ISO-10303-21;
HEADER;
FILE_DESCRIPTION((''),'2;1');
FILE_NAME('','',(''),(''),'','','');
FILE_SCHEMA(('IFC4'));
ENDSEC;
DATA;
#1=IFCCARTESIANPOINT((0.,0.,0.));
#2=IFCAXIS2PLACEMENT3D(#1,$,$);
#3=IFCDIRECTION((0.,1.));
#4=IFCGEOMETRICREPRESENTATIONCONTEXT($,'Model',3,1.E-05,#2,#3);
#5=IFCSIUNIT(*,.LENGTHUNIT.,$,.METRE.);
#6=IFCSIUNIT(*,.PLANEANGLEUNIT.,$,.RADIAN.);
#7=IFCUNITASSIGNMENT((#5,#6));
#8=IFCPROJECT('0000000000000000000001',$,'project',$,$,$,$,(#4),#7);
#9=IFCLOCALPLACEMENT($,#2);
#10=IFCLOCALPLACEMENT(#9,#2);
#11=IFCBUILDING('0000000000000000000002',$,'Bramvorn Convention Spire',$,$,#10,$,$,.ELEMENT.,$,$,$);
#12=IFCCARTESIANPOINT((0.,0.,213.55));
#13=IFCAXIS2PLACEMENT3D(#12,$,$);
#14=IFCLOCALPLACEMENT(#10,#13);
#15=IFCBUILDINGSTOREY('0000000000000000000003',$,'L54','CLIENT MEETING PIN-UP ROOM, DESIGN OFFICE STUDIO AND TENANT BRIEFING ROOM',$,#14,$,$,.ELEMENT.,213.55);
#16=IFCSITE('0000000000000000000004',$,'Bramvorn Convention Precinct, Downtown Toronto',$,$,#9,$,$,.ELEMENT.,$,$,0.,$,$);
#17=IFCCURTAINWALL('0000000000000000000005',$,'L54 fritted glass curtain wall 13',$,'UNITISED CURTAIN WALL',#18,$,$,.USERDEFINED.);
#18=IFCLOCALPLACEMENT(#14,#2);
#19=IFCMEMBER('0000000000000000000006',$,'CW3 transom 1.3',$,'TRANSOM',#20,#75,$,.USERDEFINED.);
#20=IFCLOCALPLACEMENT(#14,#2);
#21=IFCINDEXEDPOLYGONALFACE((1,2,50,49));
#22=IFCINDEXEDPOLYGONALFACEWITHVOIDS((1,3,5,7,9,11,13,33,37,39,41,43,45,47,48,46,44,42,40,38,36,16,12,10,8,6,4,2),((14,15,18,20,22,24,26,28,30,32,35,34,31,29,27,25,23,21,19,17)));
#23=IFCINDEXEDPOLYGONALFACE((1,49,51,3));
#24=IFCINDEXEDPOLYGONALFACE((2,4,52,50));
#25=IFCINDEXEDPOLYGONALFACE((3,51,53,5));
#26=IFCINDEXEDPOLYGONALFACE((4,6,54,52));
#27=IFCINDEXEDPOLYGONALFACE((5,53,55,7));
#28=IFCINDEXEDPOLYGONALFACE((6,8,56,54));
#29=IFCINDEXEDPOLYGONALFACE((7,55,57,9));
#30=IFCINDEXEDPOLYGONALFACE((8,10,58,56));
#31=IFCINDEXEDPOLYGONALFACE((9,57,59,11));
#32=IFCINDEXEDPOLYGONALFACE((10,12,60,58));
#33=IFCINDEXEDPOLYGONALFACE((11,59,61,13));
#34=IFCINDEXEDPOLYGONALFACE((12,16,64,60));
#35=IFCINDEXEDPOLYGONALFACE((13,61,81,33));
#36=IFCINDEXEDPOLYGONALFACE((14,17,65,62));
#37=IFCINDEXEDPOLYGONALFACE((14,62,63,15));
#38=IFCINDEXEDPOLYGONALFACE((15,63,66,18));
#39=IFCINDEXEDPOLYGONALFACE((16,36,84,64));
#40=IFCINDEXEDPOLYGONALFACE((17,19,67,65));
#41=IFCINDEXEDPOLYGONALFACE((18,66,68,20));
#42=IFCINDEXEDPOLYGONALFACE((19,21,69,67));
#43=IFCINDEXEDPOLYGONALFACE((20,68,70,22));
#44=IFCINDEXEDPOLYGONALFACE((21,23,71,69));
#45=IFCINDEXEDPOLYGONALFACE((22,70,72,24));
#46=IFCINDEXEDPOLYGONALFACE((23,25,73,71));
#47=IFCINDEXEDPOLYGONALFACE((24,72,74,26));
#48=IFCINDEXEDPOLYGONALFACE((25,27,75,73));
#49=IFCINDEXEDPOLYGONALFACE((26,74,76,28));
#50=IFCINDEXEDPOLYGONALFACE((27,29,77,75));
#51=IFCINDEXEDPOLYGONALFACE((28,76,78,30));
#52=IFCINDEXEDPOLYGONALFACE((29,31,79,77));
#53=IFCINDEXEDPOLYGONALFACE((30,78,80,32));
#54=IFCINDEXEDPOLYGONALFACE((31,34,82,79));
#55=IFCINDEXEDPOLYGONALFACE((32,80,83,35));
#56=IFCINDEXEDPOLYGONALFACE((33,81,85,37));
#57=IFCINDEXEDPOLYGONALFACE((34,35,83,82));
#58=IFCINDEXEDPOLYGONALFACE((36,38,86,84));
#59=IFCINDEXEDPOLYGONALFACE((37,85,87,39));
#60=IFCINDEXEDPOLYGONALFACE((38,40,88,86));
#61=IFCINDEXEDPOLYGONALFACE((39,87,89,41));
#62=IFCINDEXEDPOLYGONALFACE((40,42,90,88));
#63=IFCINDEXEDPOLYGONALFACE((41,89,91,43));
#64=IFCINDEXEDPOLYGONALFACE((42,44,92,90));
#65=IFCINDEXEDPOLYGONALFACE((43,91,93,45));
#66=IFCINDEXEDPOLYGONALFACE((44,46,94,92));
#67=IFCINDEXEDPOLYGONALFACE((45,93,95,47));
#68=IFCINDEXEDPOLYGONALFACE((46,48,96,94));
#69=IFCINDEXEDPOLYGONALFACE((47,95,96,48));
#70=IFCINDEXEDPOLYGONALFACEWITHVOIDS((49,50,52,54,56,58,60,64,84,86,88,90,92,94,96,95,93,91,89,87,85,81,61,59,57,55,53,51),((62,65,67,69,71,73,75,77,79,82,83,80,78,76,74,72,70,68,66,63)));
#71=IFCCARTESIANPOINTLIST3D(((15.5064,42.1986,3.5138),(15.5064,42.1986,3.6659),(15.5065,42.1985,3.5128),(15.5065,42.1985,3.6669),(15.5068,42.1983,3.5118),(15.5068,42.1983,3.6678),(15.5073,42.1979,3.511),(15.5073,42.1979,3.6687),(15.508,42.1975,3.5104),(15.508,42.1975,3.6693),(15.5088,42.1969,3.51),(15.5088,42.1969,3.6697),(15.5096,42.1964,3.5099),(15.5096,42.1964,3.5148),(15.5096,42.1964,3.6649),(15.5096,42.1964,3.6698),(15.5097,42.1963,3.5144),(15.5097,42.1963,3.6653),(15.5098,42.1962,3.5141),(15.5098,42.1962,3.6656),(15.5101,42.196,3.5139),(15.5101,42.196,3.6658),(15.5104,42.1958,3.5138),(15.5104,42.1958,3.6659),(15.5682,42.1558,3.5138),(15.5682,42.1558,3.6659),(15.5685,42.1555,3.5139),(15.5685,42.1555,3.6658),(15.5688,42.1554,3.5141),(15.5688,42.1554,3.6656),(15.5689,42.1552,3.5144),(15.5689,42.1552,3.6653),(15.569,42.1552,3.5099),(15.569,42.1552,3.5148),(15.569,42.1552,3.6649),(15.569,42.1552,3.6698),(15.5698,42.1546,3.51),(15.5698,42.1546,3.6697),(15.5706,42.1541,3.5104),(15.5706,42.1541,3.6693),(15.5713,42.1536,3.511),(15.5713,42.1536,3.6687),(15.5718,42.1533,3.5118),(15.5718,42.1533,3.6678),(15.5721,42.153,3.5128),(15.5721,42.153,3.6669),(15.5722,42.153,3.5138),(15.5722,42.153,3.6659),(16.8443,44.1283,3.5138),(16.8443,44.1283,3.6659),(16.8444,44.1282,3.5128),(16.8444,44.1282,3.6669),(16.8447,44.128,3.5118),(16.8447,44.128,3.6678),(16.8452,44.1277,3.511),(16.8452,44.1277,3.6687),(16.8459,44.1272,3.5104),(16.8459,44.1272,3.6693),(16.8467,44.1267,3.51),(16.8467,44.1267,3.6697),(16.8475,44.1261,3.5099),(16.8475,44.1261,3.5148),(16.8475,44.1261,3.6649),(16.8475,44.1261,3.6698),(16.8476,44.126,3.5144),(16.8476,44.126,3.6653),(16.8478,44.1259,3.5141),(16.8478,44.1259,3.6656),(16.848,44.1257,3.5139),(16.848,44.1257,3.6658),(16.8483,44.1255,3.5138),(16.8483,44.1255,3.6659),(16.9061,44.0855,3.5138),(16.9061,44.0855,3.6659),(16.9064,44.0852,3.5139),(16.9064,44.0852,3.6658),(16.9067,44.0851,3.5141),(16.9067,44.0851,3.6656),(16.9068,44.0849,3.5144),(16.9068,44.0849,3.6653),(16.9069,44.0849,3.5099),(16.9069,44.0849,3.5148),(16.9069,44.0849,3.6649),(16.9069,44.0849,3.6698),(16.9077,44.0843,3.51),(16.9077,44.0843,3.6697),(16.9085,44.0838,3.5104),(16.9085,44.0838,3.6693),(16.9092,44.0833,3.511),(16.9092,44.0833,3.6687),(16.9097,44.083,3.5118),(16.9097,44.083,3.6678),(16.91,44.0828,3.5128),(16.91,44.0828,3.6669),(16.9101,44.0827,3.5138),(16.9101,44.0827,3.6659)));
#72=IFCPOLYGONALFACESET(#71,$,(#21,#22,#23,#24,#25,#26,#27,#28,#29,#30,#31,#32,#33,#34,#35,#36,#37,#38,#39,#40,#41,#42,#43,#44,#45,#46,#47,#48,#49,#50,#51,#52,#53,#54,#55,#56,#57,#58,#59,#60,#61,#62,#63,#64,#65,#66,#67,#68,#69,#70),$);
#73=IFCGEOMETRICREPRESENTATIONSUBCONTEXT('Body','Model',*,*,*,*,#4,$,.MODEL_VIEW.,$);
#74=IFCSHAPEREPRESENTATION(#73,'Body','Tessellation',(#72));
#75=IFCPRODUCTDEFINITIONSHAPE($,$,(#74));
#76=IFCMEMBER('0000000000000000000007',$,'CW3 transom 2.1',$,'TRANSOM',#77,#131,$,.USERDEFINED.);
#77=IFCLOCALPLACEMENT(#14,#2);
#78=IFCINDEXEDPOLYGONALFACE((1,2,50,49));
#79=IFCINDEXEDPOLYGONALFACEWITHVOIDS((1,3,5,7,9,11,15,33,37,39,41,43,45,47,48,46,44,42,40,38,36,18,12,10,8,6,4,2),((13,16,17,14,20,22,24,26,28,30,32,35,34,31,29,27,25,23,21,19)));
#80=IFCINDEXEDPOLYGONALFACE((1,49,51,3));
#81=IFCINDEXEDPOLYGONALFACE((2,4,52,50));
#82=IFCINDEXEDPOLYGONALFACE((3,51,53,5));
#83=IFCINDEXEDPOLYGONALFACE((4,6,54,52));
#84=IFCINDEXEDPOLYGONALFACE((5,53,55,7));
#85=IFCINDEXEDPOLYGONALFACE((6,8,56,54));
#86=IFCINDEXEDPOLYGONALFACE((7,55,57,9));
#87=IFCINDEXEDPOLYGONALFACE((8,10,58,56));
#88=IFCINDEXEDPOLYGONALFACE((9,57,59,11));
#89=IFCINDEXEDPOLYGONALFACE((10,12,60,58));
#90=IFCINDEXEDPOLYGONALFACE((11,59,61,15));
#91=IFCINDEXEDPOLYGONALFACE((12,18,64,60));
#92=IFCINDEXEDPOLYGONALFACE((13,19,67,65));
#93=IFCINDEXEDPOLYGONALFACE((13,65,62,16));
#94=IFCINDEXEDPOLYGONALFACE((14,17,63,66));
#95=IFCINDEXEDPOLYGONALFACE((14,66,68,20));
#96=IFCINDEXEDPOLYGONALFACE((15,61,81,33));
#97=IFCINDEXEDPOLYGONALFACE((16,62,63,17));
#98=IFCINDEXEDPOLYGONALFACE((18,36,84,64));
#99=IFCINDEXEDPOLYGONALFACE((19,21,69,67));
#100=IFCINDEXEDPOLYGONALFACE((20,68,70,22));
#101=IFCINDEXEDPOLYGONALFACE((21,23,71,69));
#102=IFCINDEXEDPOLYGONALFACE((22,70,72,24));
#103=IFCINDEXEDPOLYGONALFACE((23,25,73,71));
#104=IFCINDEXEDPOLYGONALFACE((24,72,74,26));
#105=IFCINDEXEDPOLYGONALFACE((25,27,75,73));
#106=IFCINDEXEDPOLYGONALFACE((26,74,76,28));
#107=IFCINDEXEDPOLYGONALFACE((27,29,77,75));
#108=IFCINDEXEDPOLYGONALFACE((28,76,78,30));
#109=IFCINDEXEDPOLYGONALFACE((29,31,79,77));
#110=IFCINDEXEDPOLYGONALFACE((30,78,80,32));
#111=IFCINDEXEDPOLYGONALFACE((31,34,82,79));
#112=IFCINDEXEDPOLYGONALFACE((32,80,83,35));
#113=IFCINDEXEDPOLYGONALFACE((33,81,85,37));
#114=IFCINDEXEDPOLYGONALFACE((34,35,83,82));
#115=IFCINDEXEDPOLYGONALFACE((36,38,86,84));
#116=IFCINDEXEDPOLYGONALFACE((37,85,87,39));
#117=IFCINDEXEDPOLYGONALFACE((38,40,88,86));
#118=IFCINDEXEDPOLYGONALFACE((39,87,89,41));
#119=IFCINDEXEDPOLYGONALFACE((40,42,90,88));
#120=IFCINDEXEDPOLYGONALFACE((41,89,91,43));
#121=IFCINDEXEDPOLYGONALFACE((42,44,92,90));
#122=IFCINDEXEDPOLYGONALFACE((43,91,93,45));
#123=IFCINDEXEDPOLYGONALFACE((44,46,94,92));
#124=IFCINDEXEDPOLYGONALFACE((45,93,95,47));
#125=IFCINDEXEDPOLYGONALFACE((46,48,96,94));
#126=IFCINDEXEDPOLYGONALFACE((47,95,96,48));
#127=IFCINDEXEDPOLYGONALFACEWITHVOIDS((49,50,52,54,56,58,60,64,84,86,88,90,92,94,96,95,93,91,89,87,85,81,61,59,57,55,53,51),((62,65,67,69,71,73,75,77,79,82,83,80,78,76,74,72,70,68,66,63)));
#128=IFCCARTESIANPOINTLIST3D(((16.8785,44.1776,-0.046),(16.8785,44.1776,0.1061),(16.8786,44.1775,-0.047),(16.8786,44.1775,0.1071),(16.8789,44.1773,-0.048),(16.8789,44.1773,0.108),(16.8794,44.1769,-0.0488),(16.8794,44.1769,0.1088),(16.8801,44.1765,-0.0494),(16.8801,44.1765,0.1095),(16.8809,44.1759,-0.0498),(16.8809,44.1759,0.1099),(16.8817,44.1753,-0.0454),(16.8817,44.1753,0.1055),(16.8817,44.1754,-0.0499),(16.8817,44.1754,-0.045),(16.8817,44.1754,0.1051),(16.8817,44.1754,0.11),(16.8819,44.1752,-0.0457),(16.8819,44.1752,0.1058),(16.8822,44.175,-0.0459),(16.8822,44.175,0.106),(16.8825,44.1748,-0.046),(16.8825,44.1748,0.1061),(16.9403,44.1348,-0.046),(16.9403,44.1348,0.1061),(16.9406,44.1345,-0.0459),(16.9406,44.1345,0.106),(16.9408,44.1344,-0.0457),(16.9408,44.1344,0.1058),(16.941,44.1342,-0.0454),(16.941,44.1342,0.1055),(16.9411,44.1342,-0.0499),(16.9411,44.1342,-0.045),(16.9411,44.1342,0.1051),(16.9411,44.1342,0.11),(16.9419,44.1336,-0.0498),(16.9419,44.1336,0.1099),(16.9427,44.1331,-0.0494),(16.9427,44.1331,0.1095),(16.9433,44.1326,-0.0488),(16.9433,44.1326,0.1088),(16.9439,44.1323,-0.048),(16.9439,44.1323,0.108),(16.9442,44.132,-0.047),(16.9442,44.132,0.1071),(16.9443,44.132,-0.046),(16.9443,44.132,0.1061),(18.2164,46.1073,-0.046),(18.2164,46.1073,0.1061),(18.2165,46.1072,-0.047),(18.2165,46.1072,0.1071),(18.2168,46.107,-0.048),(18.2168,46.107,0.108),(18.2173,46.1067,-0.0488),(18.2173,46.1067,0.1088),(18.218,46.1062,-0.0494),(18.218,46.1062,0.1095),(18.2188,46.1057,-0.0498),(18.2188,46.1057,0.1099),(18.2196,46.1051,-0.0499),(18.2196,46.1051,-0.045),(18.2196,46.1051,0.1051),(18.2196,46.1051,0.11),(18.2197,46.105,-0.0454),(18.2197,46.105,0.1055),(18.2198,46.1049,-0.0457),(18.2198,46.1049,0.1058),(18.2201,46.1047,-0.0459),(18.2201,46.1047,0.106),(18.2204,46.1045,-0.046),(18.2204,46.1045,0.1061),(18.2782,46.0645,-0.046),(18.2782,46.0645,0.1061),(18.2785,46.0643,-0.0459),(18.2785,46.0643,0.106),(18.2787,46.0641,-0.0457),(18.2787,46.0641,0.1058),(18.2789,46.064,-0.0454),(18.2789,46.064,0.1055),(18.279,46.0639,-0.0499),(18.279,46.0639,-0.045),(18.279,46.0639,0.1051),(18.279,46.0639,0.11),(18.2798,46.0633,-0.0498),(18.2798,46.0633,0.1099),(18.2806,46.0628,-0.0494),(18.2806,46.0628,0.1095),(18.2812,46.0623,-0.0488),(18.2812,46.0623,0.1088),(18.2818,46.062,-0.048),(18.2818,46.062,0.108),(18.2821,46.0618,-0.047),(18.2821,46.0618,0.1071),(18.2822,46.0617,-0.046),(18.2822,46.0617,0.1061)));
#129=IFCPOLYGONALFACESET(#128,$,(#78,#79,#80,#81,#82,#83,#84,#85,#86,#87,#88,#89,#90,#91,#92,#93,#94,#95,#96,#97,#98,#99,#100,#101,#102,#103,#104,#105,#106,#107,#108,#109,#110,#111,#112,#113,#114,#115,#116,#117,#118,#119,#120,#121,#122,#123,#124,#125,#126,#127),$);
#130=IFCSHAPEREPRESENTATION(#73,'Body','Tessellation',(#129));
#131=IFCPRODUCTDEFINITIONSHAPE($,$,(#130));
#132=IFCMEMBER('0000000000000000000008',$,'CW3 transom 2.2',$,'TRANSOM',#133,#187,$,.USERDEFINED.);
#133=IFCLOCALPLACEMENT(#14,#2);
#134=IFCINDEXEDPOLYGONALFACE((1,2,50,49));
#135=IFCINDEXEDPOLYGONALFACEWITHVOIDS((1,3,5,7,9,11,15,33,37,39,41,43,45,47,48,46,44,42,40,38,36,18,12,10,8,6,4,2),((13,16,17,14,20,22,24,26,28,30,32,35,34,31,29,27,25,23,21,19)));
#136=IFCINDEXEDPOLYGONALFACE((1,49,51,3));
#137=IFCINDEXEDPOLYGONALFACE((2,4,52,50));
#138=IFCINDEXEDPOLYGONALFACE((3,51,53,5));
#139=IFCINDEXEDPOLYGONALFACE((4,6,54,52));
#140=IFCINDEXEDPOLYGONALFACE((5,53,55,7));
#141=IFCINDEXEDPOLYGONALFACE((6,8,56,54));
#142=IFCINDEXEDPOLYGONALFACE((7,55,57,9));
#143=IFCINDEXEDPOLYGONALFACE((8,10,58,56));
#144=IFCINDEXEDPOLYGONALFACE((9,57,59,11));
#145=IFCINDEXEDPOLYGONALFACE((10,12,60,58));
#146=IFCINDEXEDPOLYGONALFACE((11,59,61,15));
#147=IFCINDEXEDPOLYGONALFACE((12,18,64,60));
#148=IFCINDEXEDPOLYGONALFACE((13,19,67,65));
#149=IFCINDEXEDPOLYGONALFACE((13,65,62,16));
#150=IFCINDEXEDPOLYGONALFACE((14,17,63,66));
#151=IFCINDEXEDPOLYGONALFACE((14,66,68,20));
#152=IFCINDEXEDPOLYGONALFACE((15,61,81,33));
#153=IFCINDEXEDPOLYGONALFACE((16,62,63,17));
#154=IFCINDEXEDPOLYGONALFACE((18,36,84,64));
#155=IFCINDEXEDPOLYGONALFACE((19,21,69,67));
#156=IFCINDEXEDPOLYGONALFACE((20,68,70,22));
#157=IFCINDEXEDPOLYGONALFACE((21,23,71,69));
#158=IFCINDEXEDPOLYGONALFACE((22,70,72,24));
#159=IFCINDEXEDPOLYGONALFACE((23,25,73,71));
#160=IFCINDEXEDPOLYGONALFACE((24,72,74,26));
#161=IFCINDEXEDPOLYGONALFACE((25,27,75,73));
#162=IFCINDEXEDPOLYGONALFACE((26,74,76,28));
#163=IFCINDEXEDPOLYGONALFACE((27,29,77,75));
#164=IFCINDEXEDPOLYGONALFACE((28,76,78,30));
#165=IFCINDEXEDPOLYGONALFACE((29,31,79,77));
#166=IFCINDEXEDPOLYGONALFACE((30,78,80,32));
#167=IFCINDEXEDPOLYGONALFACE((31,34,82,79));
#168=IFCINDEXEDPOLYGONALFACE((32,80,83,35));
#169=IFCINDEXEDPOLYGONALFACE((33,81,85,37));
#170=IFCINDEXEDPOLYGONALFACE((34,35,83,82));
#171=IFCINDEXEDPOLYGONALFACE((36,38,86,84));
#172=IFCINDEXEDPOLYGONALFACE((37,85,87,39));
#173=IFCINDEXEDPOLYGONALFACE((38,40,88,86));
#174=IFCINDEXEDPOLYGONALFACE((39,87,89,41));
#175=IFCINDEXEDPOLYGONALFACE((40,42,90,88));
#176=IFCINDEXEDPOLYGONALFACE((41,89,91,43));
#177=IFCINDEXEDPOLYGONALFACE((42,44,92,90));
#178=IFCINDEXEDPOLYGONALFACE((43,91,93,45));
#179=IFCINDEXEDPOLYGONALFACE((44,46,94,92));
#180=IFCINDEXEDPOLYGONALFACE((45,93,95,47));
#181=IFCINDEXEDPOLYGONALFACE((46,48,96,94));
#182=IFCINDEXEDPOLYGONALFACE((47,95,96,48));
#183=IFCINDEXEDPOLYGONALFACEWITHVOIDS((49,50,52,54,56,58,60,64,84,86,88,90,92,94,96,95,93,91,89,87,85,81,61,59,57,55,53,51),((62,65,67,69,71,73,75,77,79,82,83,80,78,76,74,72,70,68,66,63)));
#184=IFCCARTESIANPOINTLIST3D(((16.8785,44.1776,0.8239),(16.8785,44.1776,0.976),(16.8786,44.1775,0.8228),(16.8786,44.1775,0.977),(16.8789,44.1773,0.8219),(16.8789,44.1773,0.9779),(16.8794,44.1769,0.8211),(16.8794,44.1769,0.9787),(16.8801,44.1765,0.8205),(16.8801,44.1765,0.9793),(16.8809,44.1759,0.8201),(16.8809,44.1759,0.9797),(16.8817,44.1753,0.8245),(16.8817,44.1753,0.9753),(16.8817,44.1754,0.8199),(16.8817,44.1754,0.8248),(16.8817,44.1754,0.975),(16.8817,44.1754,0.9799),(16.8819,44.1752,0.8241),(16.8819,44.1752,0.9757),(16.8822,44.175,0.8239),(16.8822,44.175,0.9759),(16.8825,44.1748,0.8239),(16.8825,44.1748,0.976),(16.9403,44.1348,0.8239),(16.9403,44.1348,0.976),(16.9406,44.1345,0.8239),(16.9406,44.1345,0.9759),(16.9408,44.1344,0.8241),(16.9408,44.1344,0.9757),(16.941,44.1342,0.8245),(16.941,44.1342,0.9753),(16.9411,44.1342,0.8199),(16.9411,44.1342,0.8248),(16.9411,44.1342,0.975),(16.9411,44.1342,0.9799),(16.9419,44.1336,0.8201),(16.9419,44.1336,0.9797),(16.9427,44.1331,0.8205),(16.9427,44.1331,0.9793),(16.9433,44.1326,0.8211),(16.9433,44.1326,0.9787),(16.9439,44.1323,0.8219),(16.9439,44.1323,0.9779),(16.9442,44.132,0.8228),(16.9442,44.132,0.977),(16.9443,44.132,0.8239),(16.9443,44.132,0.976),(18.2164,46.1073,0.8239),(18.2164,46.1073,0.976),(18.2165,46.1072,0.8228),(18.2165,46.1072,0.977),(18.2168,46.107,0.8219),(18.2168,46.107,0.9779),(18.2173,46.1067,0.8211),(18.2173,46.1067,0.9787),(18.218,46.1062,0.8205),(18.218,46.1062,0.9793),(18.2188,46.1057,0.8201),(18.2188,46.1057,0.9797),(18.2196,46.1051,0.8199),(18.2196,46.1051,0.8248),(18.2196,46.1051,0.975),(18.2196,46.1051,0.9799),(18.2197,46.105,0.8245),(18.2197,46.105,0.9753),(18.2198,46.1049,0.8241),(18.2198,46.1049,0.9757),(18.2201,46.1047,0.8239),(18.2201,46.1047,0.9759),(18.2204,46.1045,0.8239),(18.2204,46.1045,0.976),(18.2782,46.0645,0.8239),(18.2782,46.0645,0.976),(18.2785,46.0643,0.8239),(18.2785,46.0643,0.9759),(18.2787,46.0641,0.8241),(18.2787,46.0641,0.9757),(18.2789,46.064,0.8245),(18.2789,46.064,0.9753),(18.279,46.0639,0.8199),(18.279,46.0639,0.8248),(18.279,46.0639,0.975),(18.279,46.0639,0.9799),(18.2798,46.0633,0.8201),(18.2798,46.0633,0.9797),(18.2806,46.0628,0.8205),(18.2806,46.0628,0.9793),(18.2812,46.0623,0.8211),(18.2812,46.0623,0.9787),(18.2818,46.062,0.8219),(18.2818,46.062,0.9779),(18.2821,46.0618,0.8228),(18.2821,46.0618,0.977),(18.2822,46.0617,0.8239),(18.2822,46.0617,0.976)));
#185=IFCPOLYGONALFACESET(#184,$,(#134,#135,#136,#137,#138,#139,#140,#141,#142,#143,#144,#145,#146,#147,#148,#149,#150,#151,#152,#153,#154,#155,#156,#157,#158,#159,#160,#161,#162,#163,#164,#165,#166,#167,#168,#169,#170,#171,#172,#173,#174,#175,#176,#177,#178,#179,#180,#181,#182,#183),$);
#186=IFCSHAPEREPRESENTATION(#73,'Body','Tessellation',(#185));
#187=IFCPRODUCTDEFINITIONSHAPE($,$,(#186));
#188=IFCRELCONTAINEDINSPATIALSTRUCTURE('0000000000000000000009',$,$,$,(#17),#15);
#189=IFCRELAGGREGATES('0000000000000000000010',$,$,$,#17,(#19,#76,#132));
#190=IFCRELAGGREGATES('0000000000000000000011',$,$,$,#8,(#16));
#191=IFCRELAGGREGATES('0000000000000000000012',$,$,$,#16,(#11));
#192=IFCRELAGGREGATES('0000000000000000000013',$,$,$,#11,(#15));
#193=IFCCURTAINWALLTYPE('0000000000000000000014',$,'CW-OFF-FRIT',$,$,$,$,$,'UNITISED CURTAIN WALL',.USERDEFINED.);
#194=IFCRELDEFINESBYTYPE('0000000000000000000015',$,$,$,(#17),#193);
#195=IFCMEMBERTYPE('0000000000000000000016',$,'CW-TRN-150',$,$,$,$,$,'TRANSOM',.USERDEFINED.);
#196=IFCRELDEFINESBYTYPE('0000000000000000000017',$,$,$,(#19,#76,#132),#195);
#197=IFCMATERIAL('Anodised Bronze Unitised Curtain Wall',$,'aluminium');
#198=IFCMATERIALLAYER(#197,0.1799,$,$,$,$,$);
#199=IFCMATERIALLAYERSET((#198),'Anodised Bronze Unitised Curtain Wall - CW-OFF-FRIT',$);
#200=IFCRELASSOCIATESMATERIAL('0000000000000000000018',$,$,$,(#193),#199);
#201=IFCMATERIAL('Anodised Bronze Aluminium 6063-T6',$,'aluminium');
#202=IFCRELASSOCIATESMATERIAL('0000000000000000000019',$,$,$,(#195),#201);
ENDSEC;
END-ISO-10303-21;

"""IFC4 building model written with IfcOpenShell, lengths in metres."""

from ifc_helpers import new_model, si_unit, direction, frame, origin, origin_2d, place, context, subcontext, project, spatial, hollow_rectangle, extrude, material, layer, layer_set, material_profile, profile_set, type_object, element, aggregate, save


model = new_model("IFC4")

# Units and contexts
model_context = context("Model", 3, precision=1e-05, world=origin(), true_north=direction((0.0, 1.0)))
body_context = subcontext(model_context, "Body", "Model", "MODEL_VIEW")
ifc_project = project(units=[si_unit("LENGTHUNIT", "METRE"), si_unit("PLANEANGLEUNIT", "RADIAN")], contexts=[model_context])

# Site, building, storey
site_placement = place(None, origin())
site = spatial("IfcSite", under=ifc_project, at=site_placement, Name="Bramvorn Convention Precinct, Downtown Toronto", CompositionType="ELEMENT", RefElevation=0.0)
building_placement = place(site_placement, origin())
building = spatial("IfcBuilding", under=site, at=building_placement, Name="Bramvorn Convention Spire", CompositionType="ELEMENT")
storey_placement = place(building_placement, frame((0.0, 0.0, 213.55)))
storey = spatial("IfcBuildingStorey", under=building, at=storey_placement, Name="L54", Description="CLIENT MEETING PIN-UP ROOM, DESIGN OFFICE STUDIO AND TENANT BRIEFING ROOM", CompositionType="ELEMENT", Elevation=213.55)

# Curtain wall
ifc_material_1 = material(Name="Anodised Bronze Unitised Curtain Wall", Category="aluminium")
ifc_layer_1 = layer(ifc_material_1, 0.1799)
ifc_layer_set_1 = layer_set([ifc_layer_1], Name="Anodised Bronze Unitised Curtain Wall - CW-OFF-FRIT")
curtain_wall_type = type_object("IfcCurtainWallType", Name="CW-OFF-FRIT", ElementType="UNITISED CURTAIN WALL", PredefinedType="USERDEFINED", material=ifc_layer_set_1)
curtain_wall_1_placement = place(storey_placement, origin())
curtain_wall_1 = element("IfcCurtainWall", 1, at=curtain_wall_1_placement, inside=storey, type_object=curtain_wall_type, Name="L54 fritted glass curtain wall 13", ObjectType="UNITISED CURTAIN WALL", PredefinedType="USERDEFINED")
ifc_material_2 = material(Name="Anodised Bronze Aluminium 6063-T6", Category="aluminium")

# Members
ifc_material_profile_1 = material_profile(ifc_material_2, hollow_rectangle(XDim=0.0801, YDim=0.1599, WallThickness=0.0039, InnerFilletRadius=0.001, OuterFilletRadius=0.0039, at=origin_2d()))
ifc_profile_set_1 = profile_set([ifc_material_profile_1], Name="Anodised Bronze Aluminium 6063-T6 - CWT80X160")
member_type_1 = type_object("IfcMemberType", Name="CW-TRN-150", ElementType="TRANSOM", PredefinedType="USERDEFINED", material=ifc_profile_set_1)
member_1_placement = place(storey_placement, frame((15.5393, 42.1758, 3.5898), z_axis=(0.569772, 0.821803, 0.0), x_axis=(-0.821803, 0.569772, 0.0)))
member_1 = element("IfcMember", 2, at=member_1_placement, type_object=member_type_1, Name="CW3 transom 1.3", ObjectType="TRANSOM", PredefinedType="USERDEFINED", context=body_context, shape_type="SweptSolid", body=[
    extrude(hollow_rectangle(XDim=0.0801, YDim=0.1599, WallThickness=0.0039, InnerFilletRadius=0.001, OuterFilletRadius=0.0039, at=origin_2d()), origin(), (0.0, 0.0, 1.0), 2.3481),
])
member_2_placement = place(storey_placement, frame((16.9114, 44.1548, 0.03), z_axis=(0.569772, 0.821803, 0.0), x_axis=(-0.821803, 0.569772, 0.0)))
member_2 = element("IfcMember", 3, at=member_2_placement, type_object=member_type_1, Name="CW3 transom 2.1", ObjectType="TRANSOM", PredefinedType="USERDEFINED", context=body_context, shape_type="SweptSolid", body=[
    extrude(hollow_rectangle(XDim=0.0801, YDim=0.1599, WallThickness=0.0039, InnerFilletRadius=0.001, OuterFilletRadius=0.0039, at=origin_2d()), origin(), (0.0, 0.0, 1.0), 2.3481),
])
member_3_placement = place(storey_placement, frame((16.9114, 44.1548, 0.8999), z_axis=(0.569772, 0.821803, 0.0), x_axis=(-0.821803, 0.569772, 0.0)))
member_3 = element("IfcMember", 4, at=member_3_placement, type_object=member_type_1, Name="CW3 transom 2.2", ObjectType="TRANSOM", PredefinedType="USERDEFINED", context=body_context, shape_type="SweptSolid", body=[
    extrude(hollow_rectangle(XDim=0.0801, YDim=0.1599, WallThickness=0.0039, InnerFilletRadius=0.001, OuterFilletRadius=0.0039, at=origin_2d()), origin(), (0.0, 0.0, 1.0), 2.3481),
])

aggregate(curtain_wall_1, [member_1, member_2, member_3])

save(model, "model.ifc")
